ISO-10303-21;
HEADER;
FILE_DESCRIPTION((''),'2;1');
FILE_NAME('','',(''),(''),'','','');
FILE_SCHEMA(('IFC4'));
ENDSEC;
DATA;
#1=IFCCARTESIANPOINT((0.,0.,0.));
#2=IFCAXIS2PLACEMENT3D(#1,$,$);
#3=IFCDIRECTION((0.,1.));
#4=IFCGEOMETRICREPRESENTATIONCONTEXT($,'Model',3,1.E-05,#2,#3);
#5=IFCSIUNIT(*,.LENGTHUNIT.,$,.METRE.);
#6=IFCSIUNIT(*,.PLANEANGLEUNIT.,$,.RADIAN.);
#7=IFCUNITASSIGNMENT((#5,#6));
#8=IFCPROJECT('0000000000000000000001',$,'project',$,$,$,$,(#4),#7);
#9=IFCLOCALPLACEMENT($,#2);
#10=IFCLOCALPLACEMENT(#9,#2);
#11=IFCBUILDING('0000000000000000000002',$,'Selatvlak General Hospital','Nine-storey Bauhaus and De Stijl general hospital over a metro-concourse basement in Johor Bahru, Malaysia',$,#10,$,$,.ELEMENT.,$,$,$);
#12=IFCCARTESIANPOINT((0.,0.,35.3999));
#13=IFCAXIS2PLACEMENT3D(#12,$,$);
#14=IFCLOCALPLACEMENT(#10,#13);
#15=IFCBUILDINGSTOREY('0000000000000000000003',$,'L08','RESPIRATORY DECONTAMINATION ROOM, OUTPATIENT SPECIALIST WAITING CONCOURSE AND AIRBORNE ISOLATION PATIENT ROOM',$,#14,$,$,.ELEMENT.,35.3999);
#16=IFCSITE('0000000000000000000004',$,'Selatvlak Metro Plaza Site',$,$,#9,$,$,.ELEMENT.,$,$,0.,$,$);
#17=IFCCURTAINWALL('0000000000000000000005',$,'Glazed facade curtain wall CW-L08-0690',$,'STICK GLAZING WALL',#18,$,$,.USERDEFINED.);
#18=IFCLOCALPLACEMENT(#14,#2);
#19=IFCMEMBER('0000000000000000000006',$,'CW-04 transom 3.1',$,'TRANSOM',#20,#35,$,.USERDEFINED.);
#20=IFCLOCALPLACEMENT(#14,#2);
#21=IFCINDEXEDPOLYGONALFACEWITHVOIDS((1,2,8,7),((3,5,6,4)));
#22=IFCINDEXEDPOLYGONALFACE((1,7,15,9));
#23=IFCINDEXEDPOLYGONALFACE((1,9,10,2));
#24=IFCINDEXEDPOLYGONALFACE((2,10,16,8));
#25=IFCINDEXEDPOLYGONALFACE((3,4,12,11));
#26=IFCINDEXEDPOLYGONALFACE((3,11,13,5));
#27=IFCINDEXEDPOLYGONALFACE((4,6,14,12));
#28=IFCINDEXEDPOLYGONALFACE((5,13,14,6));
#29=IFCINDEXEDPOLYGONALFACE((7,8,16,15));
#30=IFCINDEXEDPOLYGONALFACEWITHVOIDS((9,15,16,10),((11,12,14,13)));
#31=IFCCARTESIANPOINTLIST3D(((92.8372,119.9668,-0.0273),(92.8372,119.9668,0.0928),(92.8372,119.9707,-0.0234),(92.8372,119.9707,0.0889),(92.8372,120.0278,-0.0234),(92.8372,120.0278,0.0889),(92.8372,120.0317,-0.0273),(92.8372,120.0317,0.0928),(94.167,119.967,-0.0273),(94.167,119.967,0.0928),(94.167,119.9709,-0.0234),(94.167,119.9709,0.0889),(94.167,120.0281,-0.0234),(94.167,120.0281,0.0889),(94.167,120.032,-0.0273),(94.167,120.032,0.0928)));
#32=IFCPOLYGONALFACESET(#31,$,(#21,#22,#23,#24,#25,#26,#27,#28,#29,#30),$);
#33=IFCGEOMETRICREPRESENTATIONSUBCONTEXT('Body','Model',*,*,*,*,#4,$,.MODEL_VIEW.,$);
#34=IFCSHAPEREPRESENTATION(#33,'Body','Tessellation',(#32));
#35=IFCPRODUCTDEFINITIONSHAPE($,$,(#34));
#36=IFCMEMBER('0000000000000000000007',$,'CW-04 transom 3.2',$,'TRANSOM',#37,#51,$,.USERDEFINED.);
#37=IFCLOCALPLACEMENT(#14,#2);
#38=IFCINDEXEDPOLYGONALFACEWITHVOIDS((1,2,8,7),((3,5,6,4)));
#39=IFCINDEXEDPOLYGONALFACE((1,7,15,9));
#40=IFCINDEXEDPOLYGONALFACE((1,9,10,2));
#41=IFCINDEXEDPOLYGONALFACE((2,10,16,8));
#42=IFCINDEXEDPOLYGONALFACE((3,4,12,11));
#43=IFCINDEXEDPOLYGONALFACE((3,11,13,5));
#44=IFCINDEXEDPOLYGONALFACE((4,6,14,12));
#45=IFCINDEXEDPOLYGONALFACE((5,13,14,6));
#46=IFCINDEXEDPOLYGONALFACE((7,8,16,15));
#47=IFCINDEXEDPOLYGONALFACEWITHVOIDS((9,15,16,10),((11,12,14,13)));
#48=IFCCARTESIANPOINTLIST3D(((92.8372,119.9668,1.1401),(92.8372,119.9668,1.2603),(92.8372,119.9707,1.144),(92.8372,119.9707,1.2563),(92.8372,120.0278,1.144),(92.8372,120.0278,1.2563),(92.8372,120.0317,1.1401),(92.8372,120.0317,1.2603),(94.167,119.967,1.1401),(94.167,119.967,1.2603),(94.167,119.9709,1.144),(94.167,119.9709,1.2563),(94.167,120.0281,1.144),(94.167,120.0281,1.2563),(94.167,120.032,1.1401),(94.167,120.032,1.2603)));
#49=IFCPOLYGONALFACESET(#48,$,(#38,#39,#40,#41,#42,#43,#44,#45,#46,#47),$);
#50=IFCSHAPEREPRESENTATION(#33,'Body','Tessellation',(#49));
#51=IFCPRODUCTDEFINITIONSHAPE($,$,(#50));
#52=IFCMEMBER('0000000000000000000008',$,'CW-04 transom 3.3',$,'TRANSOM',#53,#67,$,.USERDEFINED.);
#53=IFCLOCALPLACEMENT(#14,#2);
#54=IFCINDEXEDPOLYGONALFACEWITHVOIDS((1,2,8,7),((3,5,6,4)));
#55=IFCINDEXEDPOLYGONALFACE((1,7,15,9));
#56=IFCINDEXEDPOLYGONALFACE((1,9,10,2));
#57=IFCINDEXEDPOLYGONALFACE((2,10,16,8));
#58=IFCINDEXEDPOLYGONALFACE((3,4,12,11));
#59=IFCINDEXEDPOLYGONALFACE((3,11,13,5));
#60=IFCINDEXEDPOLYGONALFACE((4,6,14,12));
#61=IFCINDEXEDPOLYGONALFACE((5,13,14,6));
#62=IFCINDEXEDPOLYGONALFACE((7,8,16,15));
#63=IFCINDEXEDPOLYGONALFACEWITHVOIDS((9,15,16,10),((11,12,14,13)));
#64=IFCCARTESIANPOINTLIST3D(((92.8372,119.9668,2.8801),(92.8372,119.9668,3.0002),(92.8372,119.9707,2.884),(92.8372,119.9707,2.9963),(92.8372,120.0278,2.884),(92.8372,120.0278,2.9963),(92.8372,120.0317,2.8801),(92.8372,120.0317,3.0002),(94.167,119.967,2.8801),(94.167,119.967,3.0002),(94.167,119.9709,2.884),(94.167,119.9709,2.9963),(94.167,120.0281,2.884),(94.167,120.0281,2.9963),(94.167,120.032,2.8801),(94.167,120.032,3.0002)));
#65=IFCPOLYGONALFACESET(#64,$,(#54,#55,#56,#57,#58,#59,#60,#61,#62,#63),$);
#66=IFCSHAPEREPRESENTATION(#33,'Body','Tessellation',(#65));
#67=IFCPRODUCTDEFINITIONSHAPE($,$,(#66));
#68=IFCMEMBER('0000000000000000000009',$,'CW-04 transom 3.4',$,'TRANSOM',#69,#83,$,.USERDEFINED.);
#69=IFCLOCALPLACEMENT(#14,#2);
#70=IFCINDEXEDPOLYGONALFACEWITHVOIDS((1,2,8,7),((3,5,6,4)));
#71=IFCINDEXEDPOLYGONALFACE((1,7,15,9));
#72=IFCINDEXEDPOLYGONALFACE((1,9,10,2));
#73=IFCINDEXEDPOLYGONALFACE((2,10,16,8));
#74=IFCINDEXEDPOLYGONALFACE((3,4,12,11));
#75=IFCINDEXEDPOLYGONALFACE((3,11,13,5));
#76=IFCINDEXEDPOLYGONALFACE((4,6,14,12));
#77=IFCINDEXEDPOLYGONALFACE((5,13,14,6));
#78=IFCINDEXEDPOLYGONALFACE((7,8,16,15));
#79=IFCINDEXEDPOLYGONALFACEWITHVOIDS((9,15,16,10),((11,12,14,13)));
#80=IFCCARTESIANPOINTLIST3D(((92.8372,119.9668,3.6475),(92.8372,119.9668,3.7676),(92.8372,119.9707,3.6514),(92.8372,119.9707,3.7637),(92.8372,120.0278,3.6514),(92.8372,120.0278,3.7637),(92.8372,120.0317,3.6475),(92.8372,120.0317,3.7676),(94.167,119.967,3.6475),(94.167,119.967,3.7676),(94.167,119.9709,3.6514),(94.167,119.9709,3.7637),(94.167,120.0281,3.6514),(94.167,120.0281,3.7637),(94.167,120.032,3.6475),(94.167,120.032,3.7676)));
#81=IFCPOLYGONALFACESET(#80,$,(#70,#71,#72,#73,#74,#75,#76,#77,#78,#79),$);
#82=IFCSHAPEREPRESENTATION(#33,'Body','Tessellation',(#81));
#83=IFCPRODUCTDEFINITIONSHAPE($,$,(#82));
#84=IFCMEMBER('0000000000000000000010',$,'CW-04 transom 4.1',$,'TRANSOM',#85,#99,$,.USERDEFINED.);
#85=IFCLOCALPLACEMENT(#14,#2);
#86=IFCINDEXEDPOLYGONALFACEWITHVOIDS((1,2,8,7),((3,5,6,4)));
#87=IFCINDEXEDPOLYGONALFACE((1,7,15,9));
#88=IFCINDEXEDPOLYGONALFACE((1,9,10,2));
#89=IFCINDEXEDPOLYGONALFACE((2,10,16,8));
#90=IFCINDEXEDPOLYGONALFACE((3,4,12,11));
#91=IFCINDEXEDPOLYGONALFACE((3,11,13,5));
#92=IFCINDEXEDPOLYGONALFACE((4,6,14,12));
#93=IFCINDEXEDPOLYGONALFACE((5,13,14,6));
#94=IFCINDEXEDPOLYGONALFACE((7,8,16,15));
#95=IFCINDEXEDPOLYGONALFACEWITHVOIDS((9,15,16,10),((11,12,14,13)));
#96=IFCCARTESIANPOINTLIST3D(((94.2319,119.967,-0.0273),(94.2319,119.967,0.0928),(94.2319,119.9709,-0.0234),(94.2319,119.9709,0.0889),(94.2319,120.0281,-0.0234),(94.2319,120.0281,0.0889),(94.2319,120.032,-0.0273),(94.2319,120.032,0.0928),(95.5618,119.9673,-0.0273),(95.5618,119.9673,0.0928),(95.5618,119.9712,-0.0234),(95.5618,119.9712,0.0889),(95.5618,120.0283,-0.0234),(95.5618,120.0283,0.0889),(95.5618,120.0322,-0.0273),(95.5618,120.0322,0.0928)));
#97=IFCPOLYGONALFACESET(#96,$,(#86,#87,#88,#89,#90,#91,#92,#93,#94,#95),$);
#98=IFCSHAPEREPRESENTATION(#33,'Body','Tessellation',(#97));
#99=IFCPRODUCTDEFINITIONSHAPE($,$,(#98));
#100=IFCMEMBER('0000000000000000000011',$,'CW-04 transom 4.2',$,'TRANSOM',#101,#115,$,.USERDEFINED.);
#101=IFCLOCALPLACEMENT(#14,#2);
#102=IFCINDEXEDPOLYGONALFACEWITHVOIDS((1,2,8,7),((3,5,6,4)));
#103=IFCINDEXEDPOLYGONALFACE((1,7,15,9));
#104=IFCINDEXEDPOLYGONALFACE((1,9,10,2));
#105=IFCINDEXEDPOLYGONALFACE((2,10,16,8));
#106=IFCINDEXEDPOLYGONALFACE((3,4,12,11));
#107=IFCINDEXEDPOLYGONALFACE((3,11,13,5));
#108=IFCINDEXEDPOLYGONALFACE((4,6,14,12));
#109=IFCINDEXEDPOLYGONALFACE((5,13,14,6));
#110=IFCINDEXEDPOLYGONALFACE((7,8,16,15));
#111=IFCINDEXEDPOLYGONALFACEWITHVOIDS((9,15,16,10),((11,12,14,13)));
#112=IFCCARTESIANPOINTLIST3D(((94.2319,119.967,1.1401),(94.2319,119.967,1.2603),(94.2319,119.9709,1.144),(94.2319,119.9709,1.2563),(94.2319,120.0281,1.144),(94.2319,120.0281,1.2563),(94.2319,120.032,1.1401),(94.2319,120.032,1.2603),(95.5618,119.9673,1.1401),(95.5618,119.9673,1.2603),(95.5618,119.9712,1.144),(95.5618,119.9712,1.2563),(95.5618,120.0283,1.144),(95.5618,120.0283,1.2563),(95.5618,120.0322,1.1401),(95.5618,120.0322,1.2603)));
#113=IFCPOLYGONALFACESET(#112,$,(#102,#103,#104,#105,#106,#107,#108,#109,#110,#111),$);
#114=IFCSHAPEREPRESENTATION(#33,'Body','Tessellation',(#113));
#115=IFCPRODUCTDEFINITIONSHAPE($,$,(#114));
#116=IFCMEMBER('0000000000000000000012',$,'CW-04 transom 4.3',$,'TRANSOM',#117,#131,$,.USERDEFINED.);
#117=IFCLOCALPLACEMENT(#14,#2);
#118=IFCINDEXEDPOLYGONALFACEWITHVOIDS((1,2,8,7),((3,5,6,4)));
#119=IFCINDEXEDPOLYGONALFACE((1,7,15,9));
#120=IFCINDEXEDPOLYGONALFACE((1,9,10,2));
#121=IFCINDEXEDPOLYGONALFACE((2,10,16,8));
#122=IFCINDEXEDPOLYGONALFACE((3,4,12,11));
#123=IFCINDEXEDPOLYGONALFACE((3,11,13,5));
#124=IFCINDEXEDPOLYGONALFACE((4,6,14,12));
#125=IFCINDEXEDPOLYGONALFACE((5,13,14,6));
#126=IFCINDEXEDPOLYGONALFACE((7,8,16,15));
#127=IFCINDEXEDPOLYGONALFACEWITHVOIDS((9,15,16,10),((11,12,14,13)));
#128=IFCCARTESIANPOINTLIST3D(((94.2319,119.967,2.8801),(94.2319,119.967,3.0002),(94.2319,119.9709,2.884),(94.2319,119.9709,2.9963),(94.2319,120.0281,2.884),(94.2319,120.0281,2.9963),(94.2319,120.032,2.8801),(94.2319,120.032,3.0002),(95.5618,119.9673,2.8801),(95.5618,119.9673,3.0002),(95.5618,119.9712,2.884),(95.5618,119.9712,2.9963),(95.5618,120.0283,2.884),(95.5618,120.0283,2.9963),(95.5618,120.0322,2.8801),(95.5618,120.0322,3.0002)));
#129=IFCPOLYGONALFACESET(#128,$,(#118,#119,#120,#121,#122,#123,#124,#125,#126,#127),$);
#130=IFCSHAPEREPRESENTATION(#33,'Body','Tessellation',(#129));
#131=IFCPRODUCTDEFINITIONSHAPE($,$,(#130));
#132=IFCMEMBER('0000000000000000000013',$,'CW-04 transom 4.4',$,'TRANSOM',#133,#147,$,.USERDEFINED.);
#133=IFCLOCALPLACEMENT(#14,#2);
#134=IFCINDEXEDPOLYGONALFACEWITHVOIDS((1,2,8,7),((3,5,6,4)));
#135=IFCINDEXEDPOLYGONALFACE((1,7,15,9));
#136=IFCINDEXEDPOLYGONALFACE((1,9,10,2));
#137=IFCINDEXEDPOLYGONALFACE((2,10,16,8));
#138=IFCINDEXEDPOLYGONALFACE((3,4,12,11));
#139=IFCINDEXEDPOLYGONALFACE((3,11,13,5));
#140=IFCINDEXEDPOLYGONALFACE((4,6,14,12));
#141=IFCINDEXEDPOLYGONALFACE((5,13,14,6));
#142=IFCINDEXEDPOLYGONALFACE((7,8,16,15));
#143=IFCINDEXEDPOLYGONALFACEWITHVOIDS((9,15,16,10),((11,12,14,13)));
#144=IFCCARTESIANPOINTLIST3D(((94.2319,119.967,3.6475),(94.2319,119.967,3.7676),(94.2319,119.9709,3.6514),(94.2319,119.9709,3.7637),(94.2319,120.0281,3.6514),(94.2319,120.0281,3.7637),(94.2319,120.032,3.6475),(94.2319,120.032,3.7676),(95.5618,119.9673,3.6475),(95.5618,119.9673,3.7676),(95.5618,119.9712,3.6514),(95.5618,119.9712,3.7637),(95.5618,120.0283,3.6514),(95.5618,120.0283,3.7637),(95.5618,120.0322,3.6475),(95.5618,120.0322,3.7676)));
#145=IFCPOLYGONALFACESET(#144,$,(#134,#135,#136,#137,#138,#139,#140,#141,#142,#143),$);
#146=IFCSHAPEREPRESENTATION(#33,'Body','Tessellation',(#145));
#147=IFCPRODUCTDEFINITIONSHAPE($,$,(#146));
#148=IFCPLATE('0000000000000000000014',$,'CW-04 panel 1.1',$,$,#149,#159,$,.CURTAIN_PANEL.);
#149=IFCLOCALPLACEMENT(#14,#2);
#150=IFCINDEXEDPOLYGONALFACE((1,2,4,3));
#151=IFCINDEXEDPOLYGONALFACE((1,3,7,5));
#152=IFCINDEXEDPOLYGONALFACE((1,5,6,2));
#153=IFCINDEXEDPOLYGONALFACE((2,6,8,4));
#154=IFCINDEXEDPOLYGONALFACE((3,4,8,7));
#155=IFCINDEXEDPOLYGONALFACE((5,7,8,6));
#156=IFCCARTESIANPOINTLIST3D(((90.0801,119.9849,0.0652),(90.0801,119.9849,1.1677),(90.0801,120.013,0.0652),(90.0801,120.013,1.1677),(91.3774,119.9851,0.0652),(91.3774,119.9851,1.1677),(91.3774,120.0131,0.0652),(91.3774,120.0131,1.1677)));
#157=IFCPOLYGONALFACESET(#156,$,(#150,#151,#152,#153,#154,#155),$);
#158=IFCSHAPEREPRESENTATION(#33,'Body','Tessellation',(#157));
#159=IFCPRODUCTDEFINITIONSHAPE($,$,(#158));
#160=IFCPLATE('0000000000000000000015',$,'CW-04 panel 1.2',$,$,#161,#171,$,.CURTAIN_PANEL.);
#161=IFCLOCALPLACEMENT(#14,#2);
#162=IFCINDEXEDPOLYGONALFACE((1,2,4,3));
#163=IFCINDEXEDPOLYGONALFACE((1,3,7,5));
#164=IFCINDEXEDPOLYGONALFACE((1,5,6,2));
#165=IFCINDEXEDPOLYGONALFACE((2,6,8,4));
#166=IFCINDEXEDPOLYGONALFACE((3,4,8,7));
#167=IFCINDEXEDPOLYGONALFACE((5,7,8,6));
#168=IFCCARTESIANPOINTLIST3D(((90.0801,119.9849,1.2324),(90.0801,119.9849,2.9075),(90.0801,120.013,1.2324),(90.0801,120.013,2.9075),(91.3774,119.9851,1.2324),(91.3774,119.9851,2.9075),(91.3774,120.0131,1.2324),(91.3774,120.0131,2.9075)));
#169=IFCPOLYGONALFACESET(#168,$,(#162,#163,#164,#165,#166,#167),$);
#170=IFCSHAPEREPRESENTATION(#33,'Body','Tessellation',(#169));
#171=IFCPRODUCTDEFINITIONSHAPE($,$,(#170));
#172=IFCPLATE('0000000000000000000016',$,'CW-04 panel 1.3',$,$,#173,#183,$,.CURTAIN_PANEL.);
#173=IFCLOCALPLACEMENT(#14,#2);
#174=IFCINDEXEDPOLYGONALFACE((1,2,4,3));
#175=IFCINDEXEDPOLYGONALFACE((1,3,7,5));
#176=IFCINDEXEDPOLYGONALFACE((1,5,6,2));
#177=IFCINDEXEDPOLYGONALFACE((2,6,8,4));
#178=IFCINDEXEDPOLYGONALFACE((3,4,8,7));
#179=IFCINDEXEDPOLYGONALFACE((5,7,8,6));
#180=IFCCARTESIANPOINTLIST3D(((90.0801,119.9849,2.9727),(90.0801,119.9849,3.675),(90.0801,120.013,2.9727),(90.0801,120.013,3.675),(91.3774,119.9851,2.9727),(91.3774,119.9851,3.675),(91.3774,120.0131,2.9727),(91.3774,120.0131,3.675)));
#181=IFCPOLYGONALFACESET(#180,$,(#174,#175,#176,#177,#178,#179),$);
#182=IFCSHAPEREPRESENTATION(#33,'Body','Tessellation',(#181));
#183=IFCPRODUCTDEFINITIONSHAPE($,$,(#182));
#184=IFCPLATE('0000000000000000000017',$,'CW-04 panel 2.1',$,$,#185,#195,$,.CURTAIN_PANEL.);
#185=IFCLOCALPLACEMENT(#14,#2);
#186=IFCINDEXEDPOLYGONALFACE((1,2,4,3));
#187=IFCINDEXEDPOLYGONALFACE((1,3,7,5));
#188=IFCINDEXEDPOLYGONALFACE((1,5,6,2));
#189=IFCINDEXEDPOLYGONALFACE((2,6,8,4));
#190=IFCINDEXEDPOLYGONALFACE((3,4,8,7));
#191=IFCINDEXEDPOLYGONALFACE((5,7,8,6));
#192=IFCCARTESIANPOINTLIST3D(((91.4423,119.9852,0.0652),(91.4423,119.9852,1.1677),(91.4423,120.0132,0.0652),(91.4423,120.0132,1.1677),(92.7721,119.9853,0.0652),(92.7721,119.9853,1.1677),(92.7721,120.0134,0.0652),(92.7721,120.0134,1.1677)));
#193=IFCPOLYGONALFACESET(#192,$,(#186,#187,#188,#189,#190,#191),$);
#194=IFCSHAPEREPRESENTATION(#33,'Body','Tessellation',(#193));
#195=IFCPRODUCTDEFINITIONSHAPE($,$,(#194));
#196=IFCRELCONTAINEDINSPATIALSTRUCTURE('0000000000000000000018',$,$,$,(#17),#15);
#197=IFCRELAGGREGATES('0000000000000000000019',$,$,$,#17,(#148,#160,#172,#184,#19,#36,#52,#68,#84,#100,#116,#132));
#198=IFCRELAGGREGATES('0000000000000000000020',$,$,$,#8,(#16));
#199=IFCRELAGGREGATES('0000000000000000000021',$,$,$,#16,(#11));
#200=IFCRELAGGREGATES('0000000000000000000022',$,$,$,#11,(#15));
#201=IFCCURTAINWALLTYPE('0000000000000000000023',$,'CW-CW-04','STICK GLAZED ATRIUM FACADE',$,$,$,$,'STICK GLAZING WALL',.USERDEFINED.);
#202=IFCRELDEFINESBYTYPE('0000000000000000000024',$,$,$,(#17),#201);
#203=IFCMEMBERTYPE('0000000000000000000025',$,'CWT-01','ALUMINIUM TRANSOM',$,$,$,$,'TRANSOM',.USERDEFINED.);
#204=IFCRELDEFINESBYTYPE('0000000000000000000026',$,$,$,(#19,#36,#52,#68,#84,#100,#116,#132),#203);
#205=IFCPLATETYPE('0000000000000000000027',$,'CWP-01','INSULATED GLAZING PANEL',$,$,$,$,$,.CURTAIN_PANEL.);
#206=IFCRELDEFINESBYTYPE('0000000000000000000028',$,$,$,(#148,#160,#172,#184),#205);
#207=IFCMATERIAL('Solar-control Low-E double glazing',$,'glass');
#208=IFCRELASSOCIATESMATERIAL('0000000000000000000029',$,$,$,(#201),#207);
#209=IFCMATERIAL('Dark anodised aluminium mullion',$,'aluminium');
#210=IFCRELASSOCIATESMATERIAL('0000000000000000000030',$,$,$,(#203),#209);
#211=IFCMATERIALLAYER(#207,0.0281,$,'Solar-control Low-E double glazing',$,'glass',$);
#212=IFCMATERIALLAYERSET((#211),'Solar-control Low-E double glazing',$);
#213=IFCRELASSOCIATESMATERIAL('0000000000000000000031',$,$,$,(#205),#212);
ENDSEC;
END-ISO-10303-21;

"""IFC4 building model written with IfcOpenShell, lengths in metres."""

from ifc_helpers import new_model, si_unit, direction, frame, origin, origin_2d, place, context, subcontext, project, spatial, rectangle, hollow_rectangle, extrude, material, layer, layer_set, material_profile, profile_set, type_object, element, aggregate, save


model = new_model("IFC4")

# Units and contexts
model_context = context("Model", 3, precision=1e-05, world=origin(), true_north=direction((0.0, 1.0)))
body_context = subcontext(model_context, "Body", "Model", "MODEL_VIEW")
ifc_project = project(units=[si_unit("LENGTHUNIT", "METRE"), si_unit("PLANEANGLEUNIT", "RADIAN")], contexts=[model_context])

# Site, building, storey
site_placement = place(None, origin())
site = spatial("IfcSite", under=ifc_project, at=site_placement, Name="Selatvlak Metro Plaza Site", CompositionType="ELEMENT", RefElevation=0.0)
building_placement = place(site_placement, origin())
building = spatial("IfcBuilding", under=site, at=building_placement, Name="Selatvlak General Hospital", Description="Nine-storey Bauhaus and De Stijl general hospital over a metro-concourse basement in Johor Bahru, Malaysia", CompositionType="ELEMENT")
storey_placement = place(building_placement, frame((0.0, 0.0, 35.3999)))
storey = spatial("IfcBuildingStorey", under=building, at=storey_placement, Name="L08", Description="RESPIRATORY DECONTAMINATION ROOM, OUTPATIENT SPECIALIST WAITING CONCOURSE AND AIRBORNE ISOLATION PATIENT ROOM", CompositionType="ELEMENT", Elevation=35.3999)

# Curtain wall, members, plates
ifc_material_1 = material(Name="Solar-control Low-E double glazing", Category="glass")
curtain_wall_type = type_object("IfcCurtainWallType", Name="CW-CW-04", Description="STICK GLAZED ATRIUM FACADE", ElementType="STICK GLAZING WALL", PredefinedType="USERDEFINED", material=ifc_material_1)
curtain_wall_placement = place(storey_placement, origin())
curtain_wall = element("IfcCurtainWall", 1, at=curtain_wall_placement, inside=storey, type_object=curtain_wall_type, Name="Glazed facade curtain wall CW-L08-0690", ObjectType="STICK GLAZING WALL", PredefinedType="USERDEFINED")
ifc_material_2 = material(Name="Dark anodised aluminium mullion", Category="aluminium")
ifc_material_profile_1 = material_profile(ifc_material_2, hollow_rectangle(XDim=0.0649, YDim=0.1201, WallThickness=0.0039, at=origin_2d()), Name="AL-TRN 65x120x4")
ifc_profile_set_1 = profile_set([ifc_material_profile_1], Name="Dark anodised aluminium mullion")
member_type_1 = type_object("IfcMemberType", Name="CWT-01", Description="ALUMINIUM TRANSOM", ElementType="TRANSOM", PredefinedType="USERDEFINED", material=ifc_profile_set_1)
member_1_placement = place(storey_placement, frame((92.8372, 119.9993, 0.0327), z_axis=(1.0, 0.000184, 0.0), x_axis=(-0.000184, 1.0, 0.0)))
member_1 = element("IfcMember", 2, at=member_1_placement, type_object=member_type_1, Name="CW-04 transom 3.1", ObjectType="TRANSOM", PredefinedType="USERDEFINED", context=body_context, shape_type="SweptSolid", body=[
    extrude(hollow_rectangle(XDim=0.0649, YDim=0.1201, WallThickness=0.0039, at=origin_2d()), origin(), (0.0, 0.0, 1.0), 1.3298),
])
member_2_placement = place(storey_placement, frame((92.8372, 119.9993, 1.2002), z_axis=(1.0, 0.000184, 0.0), x_axis=(-0.000184, 1.0, 0.0)))
member_2 = element("IfcMember", 3, at=member_2_placement, type_object=member_type_1, Name="CW-04 transom 3.2", ObjectType="TRANSOM", PredefinedType="USERDEFINED", context=body_context, shape_type="SweptSolid", body=[
    extrude(hollow_rectangle(XDim=0.0649, YDim=0.1201, WallThickness=0.0039, at=origin_2d()), origin(), (0.0, 0.0, 1.0), 1.3298),
])
member_3_placement = place(storey_placement, frame((92.8372, 119.9993, 2.9402), z_axis=(1.0, 0.000184, 0.0), x_axis=(-0.000184, 1.0, 0.0)))
member_3 = element("IfcMember", 4, at=member_3_placement, type_object=member_type_1, Name="CW-04 transom 3.3", ObjectType="TRANSOM", PredefinedType="USERDEFINED", context=body_context, shape_type="SweptSolid", body=[
    extrude(hollow_rectangle(XDim=0.0649, YDim=0.1201, WallThickness=0.0039, at=origin_2d()), origin(), (0.0, 0.0, 1.0), 1.3298),
])
member_4_placement = place(storey_placement, frame((92.8372, 119.9993, 3.7075), z_axis=(1.0, 0.000184, 0.0), x_axis=(-0.000184, 1.0, 0.0)))
member_4 = element("IfcMember", 5, at=member_4_placement, type_object=member_type_1, Name="CW-04 transom 3.4", ObjectType="TRANSOM", PredefinedType="USERDEFINED", context=body_context, shape_type="SweptSolid", body=[
    extrude(hollow_rectangle(XDim=0.0649, YDim=0.1201, WallThickness=0.0039, at=origin_2d()), origin(), (0.0, 0.0, 1.0), 1.3298),
])
member_5_placement = place(storey_placement, frame((94.2319, 119.9995, 0.0327), z_axis=(1.0, 0.000184, 0.0), x_axis=(-0.000184, 1.0, 0.0)))
member_5 = element("IfcMember", 6, at=member_5_placement, type_object=member_type_1, Name="CW-04 transom 4.1", ObjectType="TRANSOM", PredefinedType="USERDEFINED", context=body_context, shape_type="SweptSolid", body=[
    extrude(hollow_rectangle(XDim=0.0649, YDim=0.1201, WallThickness=0.0039, at=origin_2d()), origin(), (0.0, 0.0, 1.0), 1.3298),
])
member_6_placement = place(storey_placement, frame((94.2319, 119.9995, 1.2002), z_axis=(1.0, 0.000184, 0.0), x_axis=(-0.000184, 1.0, 0.0)))
member_6 = element("IfcMember", 7, at=member_6_placement, type_object=member_type_1, Name="CW-04 transom 4.2", ObjectType="TRANSOM", PredefinedType="USERDEFINED", context=body_context, shape_type="SweptSolid", body=[
    extrude(hollow_rectangle(XDim=0.0649, YDim=0.1201, WallThickness=0.0039, at=origin_2d()), origin(), (0.0, 0.0, 1.0), 1.3298),
])
member_7_placement = place(storey_placement, frame((94.2319, 119.9995, 2.9402), z_axis=(1.0, 0.000184, 0.0), x_axis=(-0.000184, 1.0, 0.0)))
member_7 = element("IfcMember", 8, at=member_7_placement, type_object=member_type_1, Name="CW-04 transom 4.3", ObjectType="TRANSOM", PredefinedType="USERDEFINED", context=body_context, shape_type="SweptSolid", body=[
    extrude(hollow_rectangle(XDim=0.0649, YDim=0.1201, WallThickness=0.0039, at=origin_2d()), origin(), (0.0, 0.0, 1.0), 1.3298),
])
member_8_placement = place(storey_placement, frame((94.2319, 119.9995, 3.7075), z_axis=(1.0, 0.000184, 0.0), x_axis=(-0.000184, 1.0, 0.0)))
member_8 = element("IfcMember", 9, at=member_8_placement, type_object=member_type_1, Name="CW-04 transom 4.4", ObjectType="TRANSOM", PredefinedType="USERDEFINED", context=body_context, shape_type="SweptSolid", body=[
    extrude(hollow_rectangle(XDim=0.0649, YDim=0.1201, WallThickness=0.0039, at=origin_2d()), origin(), (0.0, 0.0, 1.0), 1.3298),
])
ifc_layer_1 = layer(ifc_material_1, 0.0281, Name="Solar-control Low-E double glazing", Category="glass")
ifc_layer_set_1 = layer_set([ifc_layer_1], Name="Solar-control Low-E double glazing")
plate_type = type_object("IfcPlateType", Name="CWP-01", Description="INSULATED GLAZING PANEL", PredefinedType="CURTAIN_PANEL", material=ifc_layer_set_1)
plate_1_placement = place(storey_placement, frame((90.7288, 119.999, 0.0652), z_axis=(0.0, 0.0, 1.0), x_axis=(1.0, 0.000119, 0.0)))
plate_1 = element("IfcPlate", 10, at=plate_1_placement, type_object=plate_type, Name="CW-04 panel 1.1", PredefinedType="CURTAIN_PANEL", context=body_context, shape_type="SweptSolid", body=[
    extrude(rectangle(XDim=1.2974, YDim=0.0281, at=origin_2d()), origin(), (0.0, 0.0, 1.0), 1.1025),
])
plate_2_placement = place(storey_placement, frame((90.7288, 119.999, 1.2324), z_axis=(0.0, 0.0, 1.0), x_axis=(1.0, 0.000119, 0.0)))
plate_2 = element("IfcPlate", 11, at=plate_2_placement, type_object=plate_type, Name="CW-04 panel 1.2", PredefinedType="CURTAIN_PANEL", context=body_context, shape_type="SweptSolid", body=[
    extrude(rectangle(XDim=1.2974, YDim=0.0281, at=origin_2d()), origin(), (0.0, 0.0, 1.0), 1.675),
])
plate_3_placement = place(storey_placement, frame((90.7288, 119.999, 2.9727), z_axis=(0.0, 0.0, 1.0), x_axis=(1.0, 0.000119, 0.0)))
plate_3 = element("IfcPlate", 12, at=plate_3_placement, type_object=plate_type, Name="CW-04 panel 1.3", PredefinedType="CURTAIN_PANEL", context=body_context, shape_type="SweptSolid", body=[
    extrude(rectangle(XDim=1.2974, YDim=0.0281, at=origin_2d()), origin(), (0.0, 0.0, 1.0), 0.7024),
])
plate_4_placement = place(storey_placement, frame((92.1072, 119.9993, 0.0652), z_axis=(0.0, 0.0, 1.0), x_axis=(1.0, 0.000119, 0.0)))
plate_4 = element("IfcPlate", 13, at=plate_4_placement, type_object=plate_type, Name="CW-04 panel 2.1", PredefinedType="CURTAIN_PANEL", context=body_context, shape_type="SweptSolid", body=[
    extrude(rectangle(XDim=1.3298, YDim=0.0281, at=origin_2d()), origin(), (0.0, 0.0, 1.0), 1.1025),
])
aggregate(curtain_wall, [plate_1, plate_2, plate_3, plate_4, member_1, member_2, member_3, member_4, member_5, member_6, member_7, member_8])

save(model, "model.ifc")
